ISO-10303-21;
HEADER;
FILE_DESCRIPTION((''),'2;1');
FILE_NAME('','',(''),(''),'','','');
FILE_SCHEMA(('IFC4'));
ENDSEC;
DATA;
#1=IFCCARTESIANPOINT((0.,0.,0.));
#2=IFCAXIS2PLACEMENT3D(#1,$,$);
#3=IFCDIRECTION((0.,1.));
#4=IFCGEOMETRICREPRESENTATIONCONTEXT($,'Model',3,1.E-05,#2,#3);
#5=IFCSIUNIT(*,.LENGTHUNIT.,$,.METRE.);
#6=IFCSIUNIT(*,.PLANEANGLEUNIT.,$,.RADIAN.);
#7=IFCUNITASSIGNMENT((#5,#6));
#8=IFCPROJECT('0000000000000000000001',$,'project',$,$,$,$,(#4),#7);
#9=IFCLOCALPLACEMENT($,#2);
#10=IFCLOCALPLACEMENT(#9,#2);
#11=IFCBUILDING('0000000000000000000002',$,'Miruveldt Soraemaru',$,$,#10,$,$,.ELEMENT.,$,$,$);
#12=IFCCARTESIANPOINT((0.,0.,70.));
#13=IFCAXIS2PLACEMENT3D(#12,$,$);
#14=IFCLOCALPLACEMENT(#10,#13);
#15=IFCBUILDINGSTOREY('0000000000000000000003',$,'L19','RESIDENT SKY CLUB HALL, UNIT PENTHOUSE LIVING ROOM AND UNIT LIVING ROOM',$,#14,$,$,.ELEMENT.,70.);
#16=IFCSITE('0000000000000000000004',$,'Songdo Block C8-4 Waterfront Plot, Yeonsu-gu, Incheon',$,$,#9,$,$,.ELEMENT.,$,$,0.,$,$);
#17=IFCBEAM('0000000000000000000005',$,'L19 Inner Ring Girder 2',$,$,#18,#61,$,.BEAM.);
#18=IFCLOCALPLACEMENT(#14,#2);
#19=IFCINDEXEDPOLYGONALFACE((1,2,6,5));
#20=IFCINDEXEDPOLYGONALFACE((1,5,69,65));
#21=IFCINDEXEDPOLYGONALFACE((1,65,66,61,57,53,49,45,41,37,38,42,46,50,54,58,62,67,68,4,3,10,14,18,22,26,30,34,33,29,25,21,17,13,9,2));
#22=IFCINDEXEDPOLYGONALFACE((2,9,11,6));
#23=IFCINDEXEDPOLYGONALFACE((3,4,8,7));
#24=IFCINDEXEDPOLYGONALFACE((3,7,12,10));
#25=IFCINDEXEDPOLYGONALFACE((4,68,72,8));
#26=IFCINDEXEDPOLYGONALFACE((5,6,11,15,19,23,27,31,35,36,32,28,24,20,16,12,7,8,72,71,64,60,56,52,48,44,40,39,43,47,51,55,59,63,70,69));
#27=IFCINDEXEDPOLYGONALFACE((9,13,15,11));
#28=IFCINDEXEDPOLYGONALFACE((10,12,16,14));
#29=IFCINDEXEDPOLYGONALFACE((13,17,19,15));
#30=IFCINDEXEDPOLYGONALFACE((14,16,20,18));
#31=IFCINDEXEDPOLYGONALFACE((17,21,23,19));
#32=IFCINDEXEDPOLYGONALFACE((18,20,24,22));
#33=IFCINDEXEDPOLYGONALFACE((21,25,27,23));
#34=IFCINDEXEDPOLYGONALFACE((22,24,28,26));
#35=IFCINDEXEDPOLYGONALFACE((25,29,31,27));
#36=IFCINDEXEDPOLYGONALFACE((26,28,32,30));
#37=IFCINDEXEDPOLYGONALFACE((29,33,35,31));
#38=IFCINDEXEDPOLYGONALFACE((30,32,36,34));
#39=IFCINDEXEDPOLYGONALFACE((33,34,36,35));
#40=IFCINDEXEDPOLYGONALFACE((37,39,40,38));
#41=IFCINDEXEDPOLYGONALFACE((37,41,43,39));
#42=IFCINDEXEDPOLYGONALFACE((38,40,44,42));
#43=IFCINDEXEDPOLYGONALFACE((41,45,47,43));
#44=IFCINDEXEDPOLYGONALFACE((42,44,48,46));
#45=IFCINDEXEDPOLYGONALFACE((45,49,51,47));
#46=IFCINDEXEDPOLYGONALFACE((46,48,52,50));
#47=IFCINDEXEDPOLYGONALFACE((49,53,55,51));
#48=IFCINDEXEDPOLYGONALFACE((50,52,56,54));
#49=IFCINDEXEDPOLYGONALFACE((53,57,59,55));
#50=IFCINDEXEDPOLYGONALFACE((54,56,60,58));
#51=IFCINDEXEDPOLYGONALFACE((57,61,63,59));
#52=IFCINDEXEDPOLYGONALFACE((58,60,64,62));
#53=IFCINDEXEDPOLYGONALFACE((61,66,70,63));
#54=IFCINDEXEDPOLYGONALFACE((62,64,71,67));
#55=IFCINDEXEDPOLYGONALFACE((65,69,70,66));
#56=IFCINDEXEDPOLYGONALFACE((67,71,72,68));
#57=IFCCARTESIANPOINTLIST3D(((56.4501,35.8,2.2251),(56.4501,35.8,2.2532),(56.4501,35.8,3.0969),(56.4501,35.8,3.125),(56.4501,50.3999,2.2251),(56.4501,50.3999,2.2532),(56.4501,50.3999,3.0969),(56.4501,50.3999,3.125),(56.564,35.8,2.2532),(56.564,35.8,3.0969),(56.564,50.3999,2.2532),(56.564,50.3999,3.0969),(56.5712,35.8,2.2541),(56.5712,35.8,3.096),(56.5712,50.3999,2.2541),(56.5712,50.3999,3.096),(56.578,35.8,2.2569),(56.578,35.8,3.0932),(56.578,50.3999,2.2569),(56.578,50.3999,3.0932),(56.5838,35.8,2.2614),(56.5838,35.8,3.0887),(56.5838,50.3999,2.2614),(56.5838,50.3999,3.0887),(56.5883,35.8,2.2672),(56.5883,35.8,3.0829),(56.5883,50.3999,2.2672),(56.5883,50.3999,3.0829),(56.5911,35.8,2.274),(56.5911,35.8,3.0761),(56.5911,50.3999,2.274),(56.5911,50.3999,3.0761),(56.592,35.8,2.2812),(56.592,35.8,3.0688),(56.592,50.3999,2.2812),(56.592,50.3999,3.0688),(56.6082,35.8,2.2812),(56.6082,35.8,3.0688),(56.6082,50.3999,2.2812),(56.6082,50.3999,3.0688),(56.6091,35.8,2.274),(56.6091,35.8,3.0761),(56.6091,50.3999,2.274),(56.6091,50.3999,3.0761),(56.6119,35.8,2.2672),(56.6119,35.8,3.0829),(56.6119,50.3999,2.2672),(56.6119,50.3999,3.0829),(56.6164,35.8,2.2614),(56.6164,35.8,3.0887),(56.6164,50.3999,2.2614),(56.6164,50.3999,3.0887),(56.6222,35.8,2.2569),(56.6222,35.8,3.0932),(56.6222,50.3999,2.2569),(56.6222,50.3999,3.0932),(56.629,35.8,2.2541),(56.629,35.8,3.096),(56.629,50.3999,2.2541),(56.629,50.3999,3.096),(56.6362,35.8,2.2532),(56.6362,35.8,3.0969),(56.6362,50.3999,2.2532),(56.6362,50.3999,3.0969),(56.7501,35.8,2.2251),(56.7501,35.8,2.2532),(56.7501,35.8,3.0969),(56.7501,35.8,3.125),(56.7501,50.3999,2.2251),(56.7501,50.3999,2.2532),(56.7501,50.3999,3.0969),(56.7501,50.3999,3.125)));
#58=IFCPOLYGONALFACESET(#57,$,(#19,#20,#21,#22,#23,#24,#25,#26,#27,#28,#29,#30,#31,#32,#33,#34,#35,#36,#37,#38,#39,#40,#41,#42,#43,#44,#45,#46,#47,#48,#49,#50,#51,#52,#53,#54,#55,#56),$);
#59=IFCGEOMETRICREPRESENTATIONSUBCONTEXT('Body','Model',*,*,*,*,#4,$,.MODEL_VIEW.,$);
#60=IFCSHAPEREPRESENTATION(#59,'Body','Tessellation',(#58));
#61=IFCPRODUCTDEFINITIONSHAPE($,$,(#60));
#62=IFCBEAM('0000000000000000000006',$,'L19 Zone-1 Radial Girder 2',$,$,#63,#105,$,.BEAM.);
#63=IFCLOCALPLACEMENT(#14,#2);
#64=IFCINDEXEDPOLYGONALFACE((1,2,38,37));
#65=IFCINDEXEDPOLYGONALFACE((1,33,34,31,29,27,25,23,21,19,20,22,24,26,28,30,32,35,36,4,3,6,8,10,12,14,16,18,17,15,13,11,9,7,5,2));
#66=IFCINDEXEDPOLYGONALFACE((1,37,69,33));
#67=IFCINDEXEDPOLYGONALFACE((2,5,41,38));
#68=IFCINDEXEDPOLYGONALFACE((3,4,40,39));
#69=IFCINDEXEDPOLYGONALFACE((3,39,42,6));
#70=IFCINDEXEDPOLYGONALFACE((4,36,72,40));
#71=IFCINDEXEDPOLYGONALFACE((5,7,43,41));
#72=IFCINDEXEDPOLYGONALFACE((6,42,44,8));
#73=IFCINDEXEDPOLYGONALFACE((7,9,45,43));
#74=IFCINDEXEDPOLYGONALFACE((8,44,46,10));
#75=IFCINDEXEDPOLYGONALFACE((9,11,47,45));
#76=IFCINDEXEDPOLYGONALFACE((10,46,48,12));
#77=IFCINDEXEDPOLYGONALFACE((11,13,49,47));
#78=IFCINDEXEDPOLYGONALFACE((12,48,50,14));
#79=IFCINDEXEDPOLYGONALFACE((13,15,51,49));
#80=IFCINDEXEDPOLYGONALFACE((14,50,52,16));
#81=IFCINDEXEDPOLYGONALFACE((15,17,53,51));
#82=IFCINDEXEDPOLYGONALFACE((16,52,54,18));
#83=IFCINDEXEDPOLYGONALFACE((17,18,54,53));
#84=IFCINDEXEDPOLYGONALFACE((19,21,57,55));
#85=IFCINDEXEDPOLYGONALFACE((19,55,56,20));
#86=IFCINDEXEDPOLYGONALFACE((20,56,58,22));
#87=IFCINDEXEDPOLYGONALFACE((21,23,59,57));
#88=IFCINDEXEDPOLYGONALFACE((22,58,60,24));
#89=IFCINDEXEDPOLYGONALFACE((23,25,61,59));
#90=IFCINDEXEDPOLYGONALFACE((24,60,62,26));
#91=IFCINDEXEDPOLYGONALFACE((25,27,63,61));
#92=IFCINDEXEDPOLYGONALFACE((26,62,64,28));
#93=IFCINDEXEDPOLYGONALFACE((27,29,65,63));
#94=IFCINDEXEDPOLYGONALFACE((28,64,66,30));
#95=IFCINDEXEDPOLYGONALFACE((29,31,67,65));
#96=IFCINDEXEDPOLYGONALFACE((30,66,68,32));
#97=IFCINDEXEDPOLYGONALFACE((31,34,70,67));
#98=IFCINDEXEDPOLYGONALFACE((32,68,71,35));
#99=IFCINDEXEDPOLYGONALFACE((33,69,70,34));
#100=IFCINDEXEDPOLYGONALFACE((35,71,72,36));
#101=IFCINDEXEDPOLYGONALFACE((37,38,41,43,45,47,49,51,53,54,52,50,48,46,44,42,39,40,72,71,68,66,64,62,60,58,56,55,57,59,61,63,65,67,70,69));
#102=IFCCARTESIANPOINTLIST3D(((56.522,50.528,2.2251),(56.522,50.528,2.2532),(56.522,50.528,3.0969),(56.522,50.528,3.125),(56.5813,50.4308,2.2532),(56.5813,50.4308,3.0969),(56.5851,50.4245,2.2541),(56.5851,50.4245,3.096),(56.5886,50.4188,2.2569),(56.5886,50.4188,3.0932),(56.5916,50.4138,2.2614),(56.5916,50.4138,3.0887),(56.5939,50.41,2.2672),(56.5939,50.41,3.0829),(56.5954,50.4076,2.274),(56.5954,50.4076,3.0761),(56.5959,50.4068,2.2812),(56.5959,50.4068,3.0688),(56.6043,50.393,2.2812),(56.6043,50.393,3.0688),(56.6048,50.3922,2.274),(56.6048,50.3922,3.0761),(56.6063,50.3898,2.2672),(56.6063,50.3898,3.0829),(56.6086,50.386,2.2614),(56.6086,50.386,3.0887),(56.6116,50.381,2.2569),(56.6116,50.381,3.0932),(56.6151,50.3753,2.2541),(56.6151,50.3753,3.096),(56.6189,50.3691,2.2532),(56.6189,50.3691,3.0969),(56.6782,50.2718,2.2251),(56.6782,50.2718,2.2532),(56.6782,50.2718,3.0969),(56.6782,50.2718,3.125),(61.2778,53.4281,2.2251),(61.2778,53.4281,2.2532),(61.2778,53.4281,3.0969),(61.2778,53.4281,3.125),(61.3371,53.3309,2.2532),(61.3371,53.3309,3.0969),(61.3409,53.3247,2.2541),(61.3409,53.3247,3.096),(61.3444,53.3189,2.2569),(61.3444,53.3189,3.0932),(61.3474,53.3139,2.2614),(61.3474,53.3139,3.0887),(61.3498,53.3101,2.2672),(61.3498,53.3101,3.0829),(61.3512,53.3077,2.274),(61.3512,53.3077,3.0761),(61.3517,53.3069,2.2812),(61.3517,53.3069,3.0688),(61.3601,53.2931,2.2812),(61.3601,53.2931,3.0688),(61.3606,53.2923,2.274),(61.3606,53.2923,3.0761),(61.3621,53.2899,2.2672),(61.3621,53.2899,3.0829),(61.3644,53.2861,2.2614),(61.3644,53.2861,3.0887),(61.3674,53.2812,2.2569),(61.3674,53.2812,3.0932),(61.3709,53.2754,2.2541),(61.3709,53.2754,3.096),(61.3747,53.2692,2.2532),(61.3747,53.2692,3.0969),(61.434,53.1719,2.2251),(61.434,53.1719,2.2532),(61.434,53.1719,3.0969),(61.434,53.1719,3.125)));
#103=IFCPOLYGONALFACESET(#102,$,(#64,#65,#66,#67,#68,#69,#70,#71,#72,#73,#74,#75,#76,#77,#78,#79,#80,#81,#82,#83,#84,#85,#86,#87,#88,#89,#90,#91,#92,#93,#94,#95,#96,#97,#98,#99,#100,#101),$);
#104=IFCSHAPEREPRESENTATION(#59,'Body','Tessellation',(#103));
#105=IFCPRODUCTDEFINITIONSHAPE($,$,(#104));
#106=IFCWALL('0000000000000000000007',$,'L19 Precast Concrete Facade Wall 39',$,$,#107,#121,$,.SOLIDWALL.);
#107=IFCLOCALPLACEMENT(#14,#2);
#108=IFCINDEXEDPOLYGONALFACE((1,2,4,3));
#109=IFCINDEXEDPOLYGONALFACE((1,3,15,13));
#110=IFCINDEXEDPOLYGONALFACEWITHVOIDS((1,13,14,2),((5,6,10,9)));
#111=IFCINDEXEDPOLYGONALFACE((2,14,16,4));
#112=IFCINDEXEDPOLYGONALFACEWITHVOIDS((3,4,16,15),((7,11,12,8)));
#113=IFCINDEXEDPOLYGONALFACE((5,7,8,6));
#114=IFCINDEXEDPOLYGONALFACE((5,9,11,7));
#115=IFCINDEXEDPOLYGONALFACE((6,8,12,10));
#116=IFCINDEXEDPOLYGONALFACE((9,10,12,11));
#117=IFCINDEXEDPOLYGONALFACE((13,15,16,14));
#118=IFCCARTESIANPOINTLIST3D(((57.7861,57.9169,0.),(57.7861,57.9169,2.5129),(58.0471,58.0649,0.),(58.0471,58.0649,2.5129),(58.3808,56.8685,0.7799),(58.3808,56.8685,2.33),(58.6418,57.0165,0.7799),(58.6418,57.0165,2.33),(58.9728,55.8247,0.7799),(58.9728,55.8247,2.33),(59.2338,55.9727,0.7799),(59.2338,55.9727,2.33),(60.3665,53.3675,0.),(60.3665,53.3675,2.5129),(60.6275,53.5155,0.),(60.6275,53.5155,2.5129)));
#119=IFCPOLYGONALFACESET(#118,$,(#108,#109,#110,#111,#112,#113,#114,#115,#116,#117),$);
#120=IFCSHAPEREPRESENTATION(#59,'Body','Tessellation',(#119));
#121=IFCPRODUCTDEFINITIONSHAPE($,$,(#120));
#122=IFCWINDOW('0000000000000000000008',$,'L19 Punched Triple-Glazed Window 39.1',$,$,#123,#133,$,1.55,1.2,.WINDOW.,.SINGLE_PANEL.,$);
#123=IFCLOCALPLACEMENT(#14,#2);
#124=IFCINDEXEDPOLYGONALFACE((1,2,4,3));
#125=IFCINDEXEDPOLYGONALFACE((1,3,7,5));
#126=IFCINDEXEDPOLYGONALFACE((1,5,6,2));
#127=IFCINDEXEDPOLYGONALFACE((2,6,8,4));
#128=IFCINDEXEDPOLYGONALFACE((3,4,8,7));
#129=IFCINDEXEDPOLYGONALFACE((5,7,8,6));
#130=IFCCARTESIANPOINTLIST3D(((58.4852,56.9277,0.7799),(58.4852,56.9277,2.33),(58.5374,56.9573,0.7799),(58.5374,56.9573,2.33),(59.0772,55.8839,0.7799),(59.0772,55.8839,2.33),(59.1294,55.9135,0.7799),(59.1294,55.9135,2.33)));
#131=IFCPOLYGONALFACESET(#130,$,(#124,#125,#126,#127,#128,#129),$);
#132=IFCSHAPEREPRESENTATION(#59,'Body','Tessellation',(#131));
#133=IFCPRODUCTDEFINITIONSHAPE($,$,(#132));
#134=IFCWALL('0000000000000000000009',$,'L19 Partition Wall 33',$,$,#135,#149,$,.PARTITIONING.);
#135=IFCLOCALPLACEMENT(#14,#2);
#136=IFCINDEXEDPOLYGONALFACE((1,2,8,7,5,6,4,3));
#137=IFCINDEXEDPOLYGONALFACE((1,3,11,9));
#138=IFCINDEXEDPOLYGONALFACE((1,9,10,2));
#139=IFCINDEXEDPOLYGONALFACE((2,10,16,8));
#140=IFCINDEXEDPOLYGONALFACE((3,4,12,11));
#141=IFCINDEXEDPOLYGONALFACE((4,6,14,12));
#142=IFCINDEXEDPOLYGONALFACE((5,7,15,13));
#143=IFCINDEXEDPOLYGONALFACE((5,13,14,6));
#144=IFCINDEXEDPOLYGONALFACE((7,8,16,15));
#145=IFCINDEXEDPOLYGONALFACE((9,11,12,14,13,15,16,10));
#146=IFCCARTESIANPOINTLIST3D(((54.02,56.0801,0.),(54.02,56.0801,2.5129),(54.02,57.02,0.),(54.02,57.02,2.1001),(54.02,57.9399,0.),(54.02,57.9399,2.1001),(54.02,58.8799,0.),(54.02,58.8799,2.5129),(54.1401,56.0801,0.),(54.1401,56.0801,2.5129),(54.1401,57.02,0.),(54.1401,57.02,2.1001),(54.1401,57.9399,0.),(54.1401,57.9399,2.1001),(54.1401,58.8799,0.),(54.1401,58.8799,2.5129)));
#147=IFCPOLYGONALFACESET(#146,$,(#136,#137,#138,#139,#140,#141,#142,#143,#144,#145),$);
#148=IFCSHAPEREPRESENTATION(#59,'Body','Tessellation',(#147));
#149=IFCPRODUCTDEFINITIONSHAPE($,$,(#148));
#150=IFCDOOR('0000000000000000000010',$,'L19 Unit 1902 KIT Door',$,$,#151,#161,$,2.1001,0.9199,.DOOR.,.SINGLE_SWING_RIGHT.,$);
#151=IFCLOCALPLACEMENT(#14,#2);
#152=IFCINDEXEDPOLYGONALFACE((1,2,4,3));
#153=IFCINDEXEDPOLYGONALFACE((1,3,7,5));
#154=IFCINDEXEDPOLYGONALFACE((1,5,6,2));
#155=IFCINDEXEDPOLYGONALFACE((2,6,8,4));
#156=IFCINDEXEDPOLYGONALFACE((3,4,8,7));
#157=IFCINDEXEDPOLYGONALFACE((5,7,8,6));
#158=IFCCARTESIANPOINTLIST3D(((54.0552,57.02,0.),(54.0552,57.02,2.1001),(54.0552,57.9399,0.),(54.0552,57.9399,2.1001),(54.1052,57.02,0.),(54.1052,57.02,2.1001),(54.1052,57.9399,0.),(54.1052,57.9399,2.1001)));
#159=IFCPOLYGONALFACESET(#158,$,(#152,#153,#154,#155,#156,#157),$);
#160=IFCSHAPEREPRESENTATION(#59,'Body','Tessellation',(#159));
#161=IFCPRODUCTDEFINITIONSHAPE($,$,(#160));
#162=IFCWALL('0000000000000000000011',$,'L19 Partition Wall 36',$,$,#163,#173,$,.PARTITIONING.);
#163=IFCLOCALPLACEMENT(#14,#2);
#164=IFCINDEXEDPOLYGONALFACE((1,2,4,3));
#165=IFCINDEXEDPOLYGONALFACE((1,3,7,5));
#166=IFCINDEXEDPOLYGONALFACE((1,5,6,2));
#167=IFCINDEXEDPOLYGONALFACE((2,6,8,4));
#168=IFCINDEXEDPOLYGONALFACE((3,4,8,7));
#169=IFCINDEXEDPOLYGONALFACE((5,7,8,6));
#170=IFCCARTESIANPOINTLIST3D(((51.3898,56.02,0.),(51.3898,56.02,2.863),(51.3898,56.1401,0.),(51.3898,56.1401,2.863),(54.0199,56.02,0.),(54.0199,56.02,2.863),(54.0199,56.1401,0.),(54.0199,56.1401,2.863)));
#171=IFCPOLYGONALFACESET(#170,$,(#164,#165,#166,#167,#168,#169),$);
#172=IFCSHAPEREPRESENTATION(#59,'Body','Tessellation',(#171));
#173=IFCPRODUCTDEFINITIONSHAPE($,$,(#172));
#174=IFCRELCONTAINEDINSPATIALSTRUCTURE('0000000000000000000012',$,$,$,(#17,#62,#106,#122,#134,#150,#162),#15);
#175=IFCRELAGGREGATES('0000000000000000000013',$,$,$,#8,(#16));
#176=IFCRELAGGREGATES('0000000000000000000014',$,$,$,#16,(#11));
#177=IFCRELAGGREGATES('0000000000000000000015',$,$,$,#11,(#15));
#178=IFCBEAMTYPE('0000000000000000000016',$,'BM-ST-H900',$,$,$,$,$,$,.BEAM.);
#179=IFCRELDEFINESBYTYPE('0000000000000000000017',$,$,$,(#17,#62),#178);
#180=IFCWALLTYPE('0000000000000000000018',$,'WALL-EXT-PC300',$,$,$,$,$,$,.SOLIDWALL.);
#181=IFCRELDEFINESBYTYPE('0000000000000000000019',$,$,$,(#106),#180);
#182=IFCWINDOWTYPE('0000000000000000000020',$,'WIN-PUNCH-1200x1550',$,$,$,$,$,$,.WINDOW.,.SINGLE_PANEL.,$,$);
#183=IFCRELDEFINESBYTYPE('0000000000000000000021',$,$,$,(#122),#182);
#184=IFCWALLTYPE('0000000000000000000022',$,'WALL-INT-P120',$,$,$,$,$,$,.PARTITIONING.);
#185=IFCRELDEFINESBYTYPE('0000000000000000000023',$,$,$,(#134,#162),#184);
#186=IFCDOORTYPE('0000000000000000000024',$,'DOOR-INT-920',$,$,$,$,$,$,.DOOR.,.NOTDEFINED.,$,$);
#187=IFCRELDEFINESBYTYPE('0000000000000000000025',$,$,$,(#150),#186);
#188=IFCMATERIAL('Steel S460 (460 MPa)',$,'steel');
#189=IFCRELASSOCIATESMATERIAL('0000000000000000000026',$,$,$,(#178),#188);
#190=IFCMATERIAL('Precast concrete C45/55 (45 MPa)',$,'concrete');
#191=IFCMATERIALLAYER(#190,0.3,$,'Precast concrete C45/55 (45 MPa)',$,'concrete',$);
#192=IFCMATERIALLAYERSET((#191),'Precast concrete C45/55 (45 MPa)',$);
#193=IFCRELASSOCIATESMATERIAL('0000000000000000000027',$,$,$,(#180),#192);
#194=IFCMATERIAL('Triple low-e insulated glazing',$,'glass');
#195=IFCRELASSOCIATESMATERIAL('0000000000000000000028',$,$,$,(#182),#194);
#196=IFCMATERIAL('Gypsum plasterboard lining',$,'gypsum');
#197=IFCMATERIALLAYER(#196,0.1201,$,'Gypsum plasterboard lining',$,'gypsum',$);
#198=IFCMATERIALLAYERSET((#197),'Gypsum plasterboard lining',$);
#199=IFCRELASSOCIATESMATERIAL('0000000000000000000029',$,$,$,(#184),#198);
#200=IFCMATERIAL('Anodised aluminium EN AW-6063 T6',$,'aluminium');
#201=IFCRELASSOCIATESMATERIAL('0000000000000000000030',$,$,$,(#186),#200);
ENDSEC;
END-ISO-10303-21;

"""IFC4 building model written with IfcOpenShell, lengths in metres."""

from ifc_helpers import new_model, si_unit, direction, frame, frame_2d, origin, origin_2d, place, context, subcontext, project, spatial, rectangle, i_section, extrude, material, layer, layer_set, material_profile, profile_set, type_object, element, fill, save


model = new_model("IFC4")

# Units and contexts
model_context = context("Model", 3, precision=1e-05, world=origin(), true_north=direction((0.0, 1.0)))
body_context = subcontext(model_context, "Body", "Model", "MODEL_VIEW")
ifc_project = project(units=[si_unit("LENGTHUNIT", "METRE"), si_unit("PLANEANGLEUNIT", "RADIAN")], contexts=[model_context])

# Site, building, storey
site_placement = place(None, origin())
site = spatial("IfcSite", under=ifc_project, at=site_placement, Name="Songdo Block C8-4 Waterfront Plot, Yeonsu-gu, Incheon", CompositionType="ELEMENT", RefElevation=0.0)
building_placement = place(site_placement, origin())
building = spatial("IfcBuilding", under=site, at=building_placement, Name="Miruveldt Soraemaru", CompositionType="ELEMENT")
storey_placement = place(building_placement, frame((0.0, 0.0, 70.0)))
storey = spatial("IfcBuildingStorey", under=building, at=storey_placement, Name="L19", Description="RESIDENT SKY CLUB HALL, UNIT PENTHOUSE LIVING ROOM AND UNIT LIVING ROOM", CompositionType="ELEMENT", Elevation=70.0)

# Beams
ifc_material_1 = material(Name="Steel S460 (460 MPa)", Category="steel")
ifc_material_profile_1 = material_profile(ifc_material_1, i_section(OverallWidth=0.3, OverallDepth=0.8999, WebThickness=0.0161, FlangeThickness=0.0281, FilletRadius=0.0281, at=origin_2d()), Name="Steel S460 (460 MPa)", Category="steel")
ifc_profile_set_1 = profile_set([ifc_material_profile_1], Name="Steel S460 (460 MPa)")
beam_type_1 = type_object("IfcBeamType", Name="BM-ST-H900", PredefinedType="BEAM", material=ifc_profile_set_1)
beam_1_placement = place(storey_placement, frame((56.6001, 50.3999, 2.675), z_axis=(0.0, -1.0, 0.0), x_axis=(1.0, 0.0, 0.0)))
element("IfcBeam", 1, at=beam_1_placement, inside=storey, type_object=beam_type_1, Name="L19 Inner Ring Girder 2", PredefinedType="BEAM", context=body_context, shape_type="SweptSolid", body=[
    extrude(i_section(OverallWidth=0.3, OverallDepth=0.8999, WebThickness=0.0161, FlangeThickness=0.0281, FilletRadius=0.0281, at=origin_2d()), origin(), (0.0, 0.0, 1.0), 14.5999),
])
beam_2_placement = place(storey_placement, frame((56.6001, 50.3999, 2.675), z_axis=(0.853778, 0.520638, 0.0), x_axis=(-0.520638, 0.853778, 0.0)))
element("IfcBeam", 2, at=beam_2_placement, inside=storey, type_object=beam_type_1, Name="L19 Zone-1 Radial Girder 2", PredefinedType="BEAM", context=body_context, shape_type="SweptSolid", body=[
    extrude(i_section(OverallWidth=0.3, OverallDepth=0.8999, WebThickness=0.0161, FlangeThickness=0.0281, FilletRadius=0.0281, at=origin_2d()), origin(), (0.0, 0.0, 1.0), 5.5703),
])

# Wall, opening, window
ifc_material_2 = material(Name="Precast concrete C45/55 (45 MPa)", Category="concrete")
ifc_layer_1 = layer(ifc_material_2, 0.3, Name="Precast concrete C45/55 (45 MPa)", Category="concrete")
ifc_layer_set_1 = layer_set([ifc_layer_1], Name="Precast concrete C45/55 (45 MPa)")
wall_type_1 = type_object("IfcWallType", Name="WALL-EXT-PC300", PredefinedType="SOLIDWALL", material=ifc_layer_set_1)
wall_1_placement = place(storey_placement, frame((60.4971, 53.4414, 0.0), z_axis=(0.0, 0.0, 1.0), x_axis=(-0.493356, 0.869827, 0.0)))
wall_1 = element("IfcWall", 3, at=wall_1_placement, inside=storey, type_object=wall_type_1, Name="L19 Precast Concrete Facade Wall 39", PredefinedType="SOLIDWALL", context=body_context, shape_type="SweptSolid", body=[
    extrude(rectangle(XDim=5.2302, YDim=0.3, at=frame_2d((2.6152, 0.0))), origin(), (0.0, 0.0, 1.0), 2.5129),
])
opening_1_placement = place(wall_1_placement, frame((2.825, 0.0, 0.78)))
opening_1 = element("IfcOpeningElement", 4, at=opening_1_placement, cuts=wall_1, PredefinedType="OPENING", context=body_context, shape_type="SweptSolid", body=[
    extrude(rectangle(XDim=1.2, YDim=1.55, at=frame_2d((0.6001, 0.7749))), frame((0.0, 0.1602, 0.0), z_axis=(0.0, -1.0, 0.0), x_axis=(1.0, 0.0, 0.0)), (0.0, 0.0, 1.0), 0.3201),
])
ifc_material_3 = material(Name="Triple low-e insulated glazing", Category="glass")
window_type = type_object("IfcWindowType", Name="WIN-PUNCH-1200x1550", PartitioningType="SINGLE_PANEL", PredefinedType="WINDOW", material=ifc_material_3)
window_placement = place(opening_1_placement, origin())
window = element("IfcWindow", 5, at=window_placement, inside=storey, type_object=window_type, Name="L19 Punched Triple-Glazed Window 39.1", OverallHeight=1.55, OverallWidth=1.2, PartitioningType="SINGLE_PANEL", PredefinedType="WINDOW", context=body_context, shape_type="SweptSolid", body=[
    extrude(rectangle(XDim=1.2, YDim=1.55, at=frame_2d((0.6001, 0.7749))), frame((0.0, 0.03, 0.0), z_axis=(0.0, -1.0, 0.0), x_axis=(1.0, 0.0, 0.0)), (0.0, 0.0, 1.0), 0.0601),
])
fill(opening_1, window)

# Wall, opening, door
ifc_material_4 = material(Name="Gypsum plasterboard lining", Category="gypsum")
ifc_layer_2 = layer(ifc_material_4, 0.1201, Name="Gypsum plasterboard lining", Category="gypsum")
ifc_layer_set_2 = layer_set([ifc_layer_2], Name="Gypsum plasterboard lining")
wall_type_2 = type_object("IfcWallType", Name="WALL-INT-P120", PredefinedType="PARTITIONING", material=ifc_layer_set_2)
wall_2_placement = place(storey_placement, frame((54.0801, 56.0801, 0.0), z_axis=(0.0, 0.0, 1.0), x_axis=(0.0, 1.0, 0.0)))
wall_2 = element("IfcWall", 6, at=wall_2_placement, inside=storey, type_object=wall_type_2, Name="L19 Partition Wall 33", PredefinedType="PARTITIONING", context=body_context, shape_type="SweptSolid", body=[
    extrude(rectangle(XDim=2.7998, YDim=0.1201, at=frame_2d((1.3999, 0.0))), origin(), (0.0, 0.0, 1.0), 2.5129),
])
opening_2_placement = place(wall_2_placement, frame((0.9399, 0.0, 0.0)))
opening_2 = element("IfcOpeningElement", 7, at=opening_2_placement, cuts=wall_2, PredefinedType="OPENING", context=body_context, shape_type="SweptSolid", body=[
    extrude(rectangle(XDim=0.9199, YDim=2.1001, at=frame_2d((0.46, 1.05))), frame((0.0, 0.0701, 0.0), z_axis=(0.0, -1.0, 0.0), x_axis=(1.0, 0.0, 0.0)), (0.0, 0.0, 1.0), 0.1401),
])
ifc_material_5 = material(Name="Anodised aluminium EN AW-6063 T6", Category="aluminium")
door_type_1 = type_object("IfcDoorType", Name="DOOR-INT-920", OperationType="NOTDEFINED", PredefinedType="DOOR", material=ifc_material_5)
door_1_placement = place(opening_2_placement, origin())
door_1 = element("IfcDoor", 8, at=door_1_placement, inside=storey, type_object=door_type_1, Name="L19 Unit 1902 KIT Door", OperationType="SINGLE_SWING_RIGHT", OverallHeight=2.1001, OverallWidth=0.9199, PredefinedType="DOOR", context=body_context, shape_type="SweptSolid", body=[
    extrude(rectangle(XDim=0.9199, YDim=2.1001, at=frame_2d((0.46, 1.05))), frame((0.0, 0.0249, 0.0), z_axis=(0.0, -1.0, 0.0), x_axis=(1.0, 0.0, 0.0)), (0.0, 0.0, 1.0), 0.05),
])
fill(opening_2, door_1)

# Wall
wall_3_placement = place(storey_placement, frame((51.3899, 56.0801, 0.0), z_axis=(0.0, 0.0, 1.0), x_axis=(1.0, 0.0, 0.0)))
element("IfcWall", 9, at=wall_3_placement, inside=storey, type_object=wall_type_2, Name="L19 Partition Wall 36", PredefinedType="PARTITIONING", context=body_context, shape_type="SweptSolid", body=[
    extrude(rectangle(XDim=2.6301, YDim=0.1201, at=frame_2d((1.3149, 0.0))), origin(), (0.0, 0.0, 1.0), 2.863),
])

save(model, "model.ifc")
